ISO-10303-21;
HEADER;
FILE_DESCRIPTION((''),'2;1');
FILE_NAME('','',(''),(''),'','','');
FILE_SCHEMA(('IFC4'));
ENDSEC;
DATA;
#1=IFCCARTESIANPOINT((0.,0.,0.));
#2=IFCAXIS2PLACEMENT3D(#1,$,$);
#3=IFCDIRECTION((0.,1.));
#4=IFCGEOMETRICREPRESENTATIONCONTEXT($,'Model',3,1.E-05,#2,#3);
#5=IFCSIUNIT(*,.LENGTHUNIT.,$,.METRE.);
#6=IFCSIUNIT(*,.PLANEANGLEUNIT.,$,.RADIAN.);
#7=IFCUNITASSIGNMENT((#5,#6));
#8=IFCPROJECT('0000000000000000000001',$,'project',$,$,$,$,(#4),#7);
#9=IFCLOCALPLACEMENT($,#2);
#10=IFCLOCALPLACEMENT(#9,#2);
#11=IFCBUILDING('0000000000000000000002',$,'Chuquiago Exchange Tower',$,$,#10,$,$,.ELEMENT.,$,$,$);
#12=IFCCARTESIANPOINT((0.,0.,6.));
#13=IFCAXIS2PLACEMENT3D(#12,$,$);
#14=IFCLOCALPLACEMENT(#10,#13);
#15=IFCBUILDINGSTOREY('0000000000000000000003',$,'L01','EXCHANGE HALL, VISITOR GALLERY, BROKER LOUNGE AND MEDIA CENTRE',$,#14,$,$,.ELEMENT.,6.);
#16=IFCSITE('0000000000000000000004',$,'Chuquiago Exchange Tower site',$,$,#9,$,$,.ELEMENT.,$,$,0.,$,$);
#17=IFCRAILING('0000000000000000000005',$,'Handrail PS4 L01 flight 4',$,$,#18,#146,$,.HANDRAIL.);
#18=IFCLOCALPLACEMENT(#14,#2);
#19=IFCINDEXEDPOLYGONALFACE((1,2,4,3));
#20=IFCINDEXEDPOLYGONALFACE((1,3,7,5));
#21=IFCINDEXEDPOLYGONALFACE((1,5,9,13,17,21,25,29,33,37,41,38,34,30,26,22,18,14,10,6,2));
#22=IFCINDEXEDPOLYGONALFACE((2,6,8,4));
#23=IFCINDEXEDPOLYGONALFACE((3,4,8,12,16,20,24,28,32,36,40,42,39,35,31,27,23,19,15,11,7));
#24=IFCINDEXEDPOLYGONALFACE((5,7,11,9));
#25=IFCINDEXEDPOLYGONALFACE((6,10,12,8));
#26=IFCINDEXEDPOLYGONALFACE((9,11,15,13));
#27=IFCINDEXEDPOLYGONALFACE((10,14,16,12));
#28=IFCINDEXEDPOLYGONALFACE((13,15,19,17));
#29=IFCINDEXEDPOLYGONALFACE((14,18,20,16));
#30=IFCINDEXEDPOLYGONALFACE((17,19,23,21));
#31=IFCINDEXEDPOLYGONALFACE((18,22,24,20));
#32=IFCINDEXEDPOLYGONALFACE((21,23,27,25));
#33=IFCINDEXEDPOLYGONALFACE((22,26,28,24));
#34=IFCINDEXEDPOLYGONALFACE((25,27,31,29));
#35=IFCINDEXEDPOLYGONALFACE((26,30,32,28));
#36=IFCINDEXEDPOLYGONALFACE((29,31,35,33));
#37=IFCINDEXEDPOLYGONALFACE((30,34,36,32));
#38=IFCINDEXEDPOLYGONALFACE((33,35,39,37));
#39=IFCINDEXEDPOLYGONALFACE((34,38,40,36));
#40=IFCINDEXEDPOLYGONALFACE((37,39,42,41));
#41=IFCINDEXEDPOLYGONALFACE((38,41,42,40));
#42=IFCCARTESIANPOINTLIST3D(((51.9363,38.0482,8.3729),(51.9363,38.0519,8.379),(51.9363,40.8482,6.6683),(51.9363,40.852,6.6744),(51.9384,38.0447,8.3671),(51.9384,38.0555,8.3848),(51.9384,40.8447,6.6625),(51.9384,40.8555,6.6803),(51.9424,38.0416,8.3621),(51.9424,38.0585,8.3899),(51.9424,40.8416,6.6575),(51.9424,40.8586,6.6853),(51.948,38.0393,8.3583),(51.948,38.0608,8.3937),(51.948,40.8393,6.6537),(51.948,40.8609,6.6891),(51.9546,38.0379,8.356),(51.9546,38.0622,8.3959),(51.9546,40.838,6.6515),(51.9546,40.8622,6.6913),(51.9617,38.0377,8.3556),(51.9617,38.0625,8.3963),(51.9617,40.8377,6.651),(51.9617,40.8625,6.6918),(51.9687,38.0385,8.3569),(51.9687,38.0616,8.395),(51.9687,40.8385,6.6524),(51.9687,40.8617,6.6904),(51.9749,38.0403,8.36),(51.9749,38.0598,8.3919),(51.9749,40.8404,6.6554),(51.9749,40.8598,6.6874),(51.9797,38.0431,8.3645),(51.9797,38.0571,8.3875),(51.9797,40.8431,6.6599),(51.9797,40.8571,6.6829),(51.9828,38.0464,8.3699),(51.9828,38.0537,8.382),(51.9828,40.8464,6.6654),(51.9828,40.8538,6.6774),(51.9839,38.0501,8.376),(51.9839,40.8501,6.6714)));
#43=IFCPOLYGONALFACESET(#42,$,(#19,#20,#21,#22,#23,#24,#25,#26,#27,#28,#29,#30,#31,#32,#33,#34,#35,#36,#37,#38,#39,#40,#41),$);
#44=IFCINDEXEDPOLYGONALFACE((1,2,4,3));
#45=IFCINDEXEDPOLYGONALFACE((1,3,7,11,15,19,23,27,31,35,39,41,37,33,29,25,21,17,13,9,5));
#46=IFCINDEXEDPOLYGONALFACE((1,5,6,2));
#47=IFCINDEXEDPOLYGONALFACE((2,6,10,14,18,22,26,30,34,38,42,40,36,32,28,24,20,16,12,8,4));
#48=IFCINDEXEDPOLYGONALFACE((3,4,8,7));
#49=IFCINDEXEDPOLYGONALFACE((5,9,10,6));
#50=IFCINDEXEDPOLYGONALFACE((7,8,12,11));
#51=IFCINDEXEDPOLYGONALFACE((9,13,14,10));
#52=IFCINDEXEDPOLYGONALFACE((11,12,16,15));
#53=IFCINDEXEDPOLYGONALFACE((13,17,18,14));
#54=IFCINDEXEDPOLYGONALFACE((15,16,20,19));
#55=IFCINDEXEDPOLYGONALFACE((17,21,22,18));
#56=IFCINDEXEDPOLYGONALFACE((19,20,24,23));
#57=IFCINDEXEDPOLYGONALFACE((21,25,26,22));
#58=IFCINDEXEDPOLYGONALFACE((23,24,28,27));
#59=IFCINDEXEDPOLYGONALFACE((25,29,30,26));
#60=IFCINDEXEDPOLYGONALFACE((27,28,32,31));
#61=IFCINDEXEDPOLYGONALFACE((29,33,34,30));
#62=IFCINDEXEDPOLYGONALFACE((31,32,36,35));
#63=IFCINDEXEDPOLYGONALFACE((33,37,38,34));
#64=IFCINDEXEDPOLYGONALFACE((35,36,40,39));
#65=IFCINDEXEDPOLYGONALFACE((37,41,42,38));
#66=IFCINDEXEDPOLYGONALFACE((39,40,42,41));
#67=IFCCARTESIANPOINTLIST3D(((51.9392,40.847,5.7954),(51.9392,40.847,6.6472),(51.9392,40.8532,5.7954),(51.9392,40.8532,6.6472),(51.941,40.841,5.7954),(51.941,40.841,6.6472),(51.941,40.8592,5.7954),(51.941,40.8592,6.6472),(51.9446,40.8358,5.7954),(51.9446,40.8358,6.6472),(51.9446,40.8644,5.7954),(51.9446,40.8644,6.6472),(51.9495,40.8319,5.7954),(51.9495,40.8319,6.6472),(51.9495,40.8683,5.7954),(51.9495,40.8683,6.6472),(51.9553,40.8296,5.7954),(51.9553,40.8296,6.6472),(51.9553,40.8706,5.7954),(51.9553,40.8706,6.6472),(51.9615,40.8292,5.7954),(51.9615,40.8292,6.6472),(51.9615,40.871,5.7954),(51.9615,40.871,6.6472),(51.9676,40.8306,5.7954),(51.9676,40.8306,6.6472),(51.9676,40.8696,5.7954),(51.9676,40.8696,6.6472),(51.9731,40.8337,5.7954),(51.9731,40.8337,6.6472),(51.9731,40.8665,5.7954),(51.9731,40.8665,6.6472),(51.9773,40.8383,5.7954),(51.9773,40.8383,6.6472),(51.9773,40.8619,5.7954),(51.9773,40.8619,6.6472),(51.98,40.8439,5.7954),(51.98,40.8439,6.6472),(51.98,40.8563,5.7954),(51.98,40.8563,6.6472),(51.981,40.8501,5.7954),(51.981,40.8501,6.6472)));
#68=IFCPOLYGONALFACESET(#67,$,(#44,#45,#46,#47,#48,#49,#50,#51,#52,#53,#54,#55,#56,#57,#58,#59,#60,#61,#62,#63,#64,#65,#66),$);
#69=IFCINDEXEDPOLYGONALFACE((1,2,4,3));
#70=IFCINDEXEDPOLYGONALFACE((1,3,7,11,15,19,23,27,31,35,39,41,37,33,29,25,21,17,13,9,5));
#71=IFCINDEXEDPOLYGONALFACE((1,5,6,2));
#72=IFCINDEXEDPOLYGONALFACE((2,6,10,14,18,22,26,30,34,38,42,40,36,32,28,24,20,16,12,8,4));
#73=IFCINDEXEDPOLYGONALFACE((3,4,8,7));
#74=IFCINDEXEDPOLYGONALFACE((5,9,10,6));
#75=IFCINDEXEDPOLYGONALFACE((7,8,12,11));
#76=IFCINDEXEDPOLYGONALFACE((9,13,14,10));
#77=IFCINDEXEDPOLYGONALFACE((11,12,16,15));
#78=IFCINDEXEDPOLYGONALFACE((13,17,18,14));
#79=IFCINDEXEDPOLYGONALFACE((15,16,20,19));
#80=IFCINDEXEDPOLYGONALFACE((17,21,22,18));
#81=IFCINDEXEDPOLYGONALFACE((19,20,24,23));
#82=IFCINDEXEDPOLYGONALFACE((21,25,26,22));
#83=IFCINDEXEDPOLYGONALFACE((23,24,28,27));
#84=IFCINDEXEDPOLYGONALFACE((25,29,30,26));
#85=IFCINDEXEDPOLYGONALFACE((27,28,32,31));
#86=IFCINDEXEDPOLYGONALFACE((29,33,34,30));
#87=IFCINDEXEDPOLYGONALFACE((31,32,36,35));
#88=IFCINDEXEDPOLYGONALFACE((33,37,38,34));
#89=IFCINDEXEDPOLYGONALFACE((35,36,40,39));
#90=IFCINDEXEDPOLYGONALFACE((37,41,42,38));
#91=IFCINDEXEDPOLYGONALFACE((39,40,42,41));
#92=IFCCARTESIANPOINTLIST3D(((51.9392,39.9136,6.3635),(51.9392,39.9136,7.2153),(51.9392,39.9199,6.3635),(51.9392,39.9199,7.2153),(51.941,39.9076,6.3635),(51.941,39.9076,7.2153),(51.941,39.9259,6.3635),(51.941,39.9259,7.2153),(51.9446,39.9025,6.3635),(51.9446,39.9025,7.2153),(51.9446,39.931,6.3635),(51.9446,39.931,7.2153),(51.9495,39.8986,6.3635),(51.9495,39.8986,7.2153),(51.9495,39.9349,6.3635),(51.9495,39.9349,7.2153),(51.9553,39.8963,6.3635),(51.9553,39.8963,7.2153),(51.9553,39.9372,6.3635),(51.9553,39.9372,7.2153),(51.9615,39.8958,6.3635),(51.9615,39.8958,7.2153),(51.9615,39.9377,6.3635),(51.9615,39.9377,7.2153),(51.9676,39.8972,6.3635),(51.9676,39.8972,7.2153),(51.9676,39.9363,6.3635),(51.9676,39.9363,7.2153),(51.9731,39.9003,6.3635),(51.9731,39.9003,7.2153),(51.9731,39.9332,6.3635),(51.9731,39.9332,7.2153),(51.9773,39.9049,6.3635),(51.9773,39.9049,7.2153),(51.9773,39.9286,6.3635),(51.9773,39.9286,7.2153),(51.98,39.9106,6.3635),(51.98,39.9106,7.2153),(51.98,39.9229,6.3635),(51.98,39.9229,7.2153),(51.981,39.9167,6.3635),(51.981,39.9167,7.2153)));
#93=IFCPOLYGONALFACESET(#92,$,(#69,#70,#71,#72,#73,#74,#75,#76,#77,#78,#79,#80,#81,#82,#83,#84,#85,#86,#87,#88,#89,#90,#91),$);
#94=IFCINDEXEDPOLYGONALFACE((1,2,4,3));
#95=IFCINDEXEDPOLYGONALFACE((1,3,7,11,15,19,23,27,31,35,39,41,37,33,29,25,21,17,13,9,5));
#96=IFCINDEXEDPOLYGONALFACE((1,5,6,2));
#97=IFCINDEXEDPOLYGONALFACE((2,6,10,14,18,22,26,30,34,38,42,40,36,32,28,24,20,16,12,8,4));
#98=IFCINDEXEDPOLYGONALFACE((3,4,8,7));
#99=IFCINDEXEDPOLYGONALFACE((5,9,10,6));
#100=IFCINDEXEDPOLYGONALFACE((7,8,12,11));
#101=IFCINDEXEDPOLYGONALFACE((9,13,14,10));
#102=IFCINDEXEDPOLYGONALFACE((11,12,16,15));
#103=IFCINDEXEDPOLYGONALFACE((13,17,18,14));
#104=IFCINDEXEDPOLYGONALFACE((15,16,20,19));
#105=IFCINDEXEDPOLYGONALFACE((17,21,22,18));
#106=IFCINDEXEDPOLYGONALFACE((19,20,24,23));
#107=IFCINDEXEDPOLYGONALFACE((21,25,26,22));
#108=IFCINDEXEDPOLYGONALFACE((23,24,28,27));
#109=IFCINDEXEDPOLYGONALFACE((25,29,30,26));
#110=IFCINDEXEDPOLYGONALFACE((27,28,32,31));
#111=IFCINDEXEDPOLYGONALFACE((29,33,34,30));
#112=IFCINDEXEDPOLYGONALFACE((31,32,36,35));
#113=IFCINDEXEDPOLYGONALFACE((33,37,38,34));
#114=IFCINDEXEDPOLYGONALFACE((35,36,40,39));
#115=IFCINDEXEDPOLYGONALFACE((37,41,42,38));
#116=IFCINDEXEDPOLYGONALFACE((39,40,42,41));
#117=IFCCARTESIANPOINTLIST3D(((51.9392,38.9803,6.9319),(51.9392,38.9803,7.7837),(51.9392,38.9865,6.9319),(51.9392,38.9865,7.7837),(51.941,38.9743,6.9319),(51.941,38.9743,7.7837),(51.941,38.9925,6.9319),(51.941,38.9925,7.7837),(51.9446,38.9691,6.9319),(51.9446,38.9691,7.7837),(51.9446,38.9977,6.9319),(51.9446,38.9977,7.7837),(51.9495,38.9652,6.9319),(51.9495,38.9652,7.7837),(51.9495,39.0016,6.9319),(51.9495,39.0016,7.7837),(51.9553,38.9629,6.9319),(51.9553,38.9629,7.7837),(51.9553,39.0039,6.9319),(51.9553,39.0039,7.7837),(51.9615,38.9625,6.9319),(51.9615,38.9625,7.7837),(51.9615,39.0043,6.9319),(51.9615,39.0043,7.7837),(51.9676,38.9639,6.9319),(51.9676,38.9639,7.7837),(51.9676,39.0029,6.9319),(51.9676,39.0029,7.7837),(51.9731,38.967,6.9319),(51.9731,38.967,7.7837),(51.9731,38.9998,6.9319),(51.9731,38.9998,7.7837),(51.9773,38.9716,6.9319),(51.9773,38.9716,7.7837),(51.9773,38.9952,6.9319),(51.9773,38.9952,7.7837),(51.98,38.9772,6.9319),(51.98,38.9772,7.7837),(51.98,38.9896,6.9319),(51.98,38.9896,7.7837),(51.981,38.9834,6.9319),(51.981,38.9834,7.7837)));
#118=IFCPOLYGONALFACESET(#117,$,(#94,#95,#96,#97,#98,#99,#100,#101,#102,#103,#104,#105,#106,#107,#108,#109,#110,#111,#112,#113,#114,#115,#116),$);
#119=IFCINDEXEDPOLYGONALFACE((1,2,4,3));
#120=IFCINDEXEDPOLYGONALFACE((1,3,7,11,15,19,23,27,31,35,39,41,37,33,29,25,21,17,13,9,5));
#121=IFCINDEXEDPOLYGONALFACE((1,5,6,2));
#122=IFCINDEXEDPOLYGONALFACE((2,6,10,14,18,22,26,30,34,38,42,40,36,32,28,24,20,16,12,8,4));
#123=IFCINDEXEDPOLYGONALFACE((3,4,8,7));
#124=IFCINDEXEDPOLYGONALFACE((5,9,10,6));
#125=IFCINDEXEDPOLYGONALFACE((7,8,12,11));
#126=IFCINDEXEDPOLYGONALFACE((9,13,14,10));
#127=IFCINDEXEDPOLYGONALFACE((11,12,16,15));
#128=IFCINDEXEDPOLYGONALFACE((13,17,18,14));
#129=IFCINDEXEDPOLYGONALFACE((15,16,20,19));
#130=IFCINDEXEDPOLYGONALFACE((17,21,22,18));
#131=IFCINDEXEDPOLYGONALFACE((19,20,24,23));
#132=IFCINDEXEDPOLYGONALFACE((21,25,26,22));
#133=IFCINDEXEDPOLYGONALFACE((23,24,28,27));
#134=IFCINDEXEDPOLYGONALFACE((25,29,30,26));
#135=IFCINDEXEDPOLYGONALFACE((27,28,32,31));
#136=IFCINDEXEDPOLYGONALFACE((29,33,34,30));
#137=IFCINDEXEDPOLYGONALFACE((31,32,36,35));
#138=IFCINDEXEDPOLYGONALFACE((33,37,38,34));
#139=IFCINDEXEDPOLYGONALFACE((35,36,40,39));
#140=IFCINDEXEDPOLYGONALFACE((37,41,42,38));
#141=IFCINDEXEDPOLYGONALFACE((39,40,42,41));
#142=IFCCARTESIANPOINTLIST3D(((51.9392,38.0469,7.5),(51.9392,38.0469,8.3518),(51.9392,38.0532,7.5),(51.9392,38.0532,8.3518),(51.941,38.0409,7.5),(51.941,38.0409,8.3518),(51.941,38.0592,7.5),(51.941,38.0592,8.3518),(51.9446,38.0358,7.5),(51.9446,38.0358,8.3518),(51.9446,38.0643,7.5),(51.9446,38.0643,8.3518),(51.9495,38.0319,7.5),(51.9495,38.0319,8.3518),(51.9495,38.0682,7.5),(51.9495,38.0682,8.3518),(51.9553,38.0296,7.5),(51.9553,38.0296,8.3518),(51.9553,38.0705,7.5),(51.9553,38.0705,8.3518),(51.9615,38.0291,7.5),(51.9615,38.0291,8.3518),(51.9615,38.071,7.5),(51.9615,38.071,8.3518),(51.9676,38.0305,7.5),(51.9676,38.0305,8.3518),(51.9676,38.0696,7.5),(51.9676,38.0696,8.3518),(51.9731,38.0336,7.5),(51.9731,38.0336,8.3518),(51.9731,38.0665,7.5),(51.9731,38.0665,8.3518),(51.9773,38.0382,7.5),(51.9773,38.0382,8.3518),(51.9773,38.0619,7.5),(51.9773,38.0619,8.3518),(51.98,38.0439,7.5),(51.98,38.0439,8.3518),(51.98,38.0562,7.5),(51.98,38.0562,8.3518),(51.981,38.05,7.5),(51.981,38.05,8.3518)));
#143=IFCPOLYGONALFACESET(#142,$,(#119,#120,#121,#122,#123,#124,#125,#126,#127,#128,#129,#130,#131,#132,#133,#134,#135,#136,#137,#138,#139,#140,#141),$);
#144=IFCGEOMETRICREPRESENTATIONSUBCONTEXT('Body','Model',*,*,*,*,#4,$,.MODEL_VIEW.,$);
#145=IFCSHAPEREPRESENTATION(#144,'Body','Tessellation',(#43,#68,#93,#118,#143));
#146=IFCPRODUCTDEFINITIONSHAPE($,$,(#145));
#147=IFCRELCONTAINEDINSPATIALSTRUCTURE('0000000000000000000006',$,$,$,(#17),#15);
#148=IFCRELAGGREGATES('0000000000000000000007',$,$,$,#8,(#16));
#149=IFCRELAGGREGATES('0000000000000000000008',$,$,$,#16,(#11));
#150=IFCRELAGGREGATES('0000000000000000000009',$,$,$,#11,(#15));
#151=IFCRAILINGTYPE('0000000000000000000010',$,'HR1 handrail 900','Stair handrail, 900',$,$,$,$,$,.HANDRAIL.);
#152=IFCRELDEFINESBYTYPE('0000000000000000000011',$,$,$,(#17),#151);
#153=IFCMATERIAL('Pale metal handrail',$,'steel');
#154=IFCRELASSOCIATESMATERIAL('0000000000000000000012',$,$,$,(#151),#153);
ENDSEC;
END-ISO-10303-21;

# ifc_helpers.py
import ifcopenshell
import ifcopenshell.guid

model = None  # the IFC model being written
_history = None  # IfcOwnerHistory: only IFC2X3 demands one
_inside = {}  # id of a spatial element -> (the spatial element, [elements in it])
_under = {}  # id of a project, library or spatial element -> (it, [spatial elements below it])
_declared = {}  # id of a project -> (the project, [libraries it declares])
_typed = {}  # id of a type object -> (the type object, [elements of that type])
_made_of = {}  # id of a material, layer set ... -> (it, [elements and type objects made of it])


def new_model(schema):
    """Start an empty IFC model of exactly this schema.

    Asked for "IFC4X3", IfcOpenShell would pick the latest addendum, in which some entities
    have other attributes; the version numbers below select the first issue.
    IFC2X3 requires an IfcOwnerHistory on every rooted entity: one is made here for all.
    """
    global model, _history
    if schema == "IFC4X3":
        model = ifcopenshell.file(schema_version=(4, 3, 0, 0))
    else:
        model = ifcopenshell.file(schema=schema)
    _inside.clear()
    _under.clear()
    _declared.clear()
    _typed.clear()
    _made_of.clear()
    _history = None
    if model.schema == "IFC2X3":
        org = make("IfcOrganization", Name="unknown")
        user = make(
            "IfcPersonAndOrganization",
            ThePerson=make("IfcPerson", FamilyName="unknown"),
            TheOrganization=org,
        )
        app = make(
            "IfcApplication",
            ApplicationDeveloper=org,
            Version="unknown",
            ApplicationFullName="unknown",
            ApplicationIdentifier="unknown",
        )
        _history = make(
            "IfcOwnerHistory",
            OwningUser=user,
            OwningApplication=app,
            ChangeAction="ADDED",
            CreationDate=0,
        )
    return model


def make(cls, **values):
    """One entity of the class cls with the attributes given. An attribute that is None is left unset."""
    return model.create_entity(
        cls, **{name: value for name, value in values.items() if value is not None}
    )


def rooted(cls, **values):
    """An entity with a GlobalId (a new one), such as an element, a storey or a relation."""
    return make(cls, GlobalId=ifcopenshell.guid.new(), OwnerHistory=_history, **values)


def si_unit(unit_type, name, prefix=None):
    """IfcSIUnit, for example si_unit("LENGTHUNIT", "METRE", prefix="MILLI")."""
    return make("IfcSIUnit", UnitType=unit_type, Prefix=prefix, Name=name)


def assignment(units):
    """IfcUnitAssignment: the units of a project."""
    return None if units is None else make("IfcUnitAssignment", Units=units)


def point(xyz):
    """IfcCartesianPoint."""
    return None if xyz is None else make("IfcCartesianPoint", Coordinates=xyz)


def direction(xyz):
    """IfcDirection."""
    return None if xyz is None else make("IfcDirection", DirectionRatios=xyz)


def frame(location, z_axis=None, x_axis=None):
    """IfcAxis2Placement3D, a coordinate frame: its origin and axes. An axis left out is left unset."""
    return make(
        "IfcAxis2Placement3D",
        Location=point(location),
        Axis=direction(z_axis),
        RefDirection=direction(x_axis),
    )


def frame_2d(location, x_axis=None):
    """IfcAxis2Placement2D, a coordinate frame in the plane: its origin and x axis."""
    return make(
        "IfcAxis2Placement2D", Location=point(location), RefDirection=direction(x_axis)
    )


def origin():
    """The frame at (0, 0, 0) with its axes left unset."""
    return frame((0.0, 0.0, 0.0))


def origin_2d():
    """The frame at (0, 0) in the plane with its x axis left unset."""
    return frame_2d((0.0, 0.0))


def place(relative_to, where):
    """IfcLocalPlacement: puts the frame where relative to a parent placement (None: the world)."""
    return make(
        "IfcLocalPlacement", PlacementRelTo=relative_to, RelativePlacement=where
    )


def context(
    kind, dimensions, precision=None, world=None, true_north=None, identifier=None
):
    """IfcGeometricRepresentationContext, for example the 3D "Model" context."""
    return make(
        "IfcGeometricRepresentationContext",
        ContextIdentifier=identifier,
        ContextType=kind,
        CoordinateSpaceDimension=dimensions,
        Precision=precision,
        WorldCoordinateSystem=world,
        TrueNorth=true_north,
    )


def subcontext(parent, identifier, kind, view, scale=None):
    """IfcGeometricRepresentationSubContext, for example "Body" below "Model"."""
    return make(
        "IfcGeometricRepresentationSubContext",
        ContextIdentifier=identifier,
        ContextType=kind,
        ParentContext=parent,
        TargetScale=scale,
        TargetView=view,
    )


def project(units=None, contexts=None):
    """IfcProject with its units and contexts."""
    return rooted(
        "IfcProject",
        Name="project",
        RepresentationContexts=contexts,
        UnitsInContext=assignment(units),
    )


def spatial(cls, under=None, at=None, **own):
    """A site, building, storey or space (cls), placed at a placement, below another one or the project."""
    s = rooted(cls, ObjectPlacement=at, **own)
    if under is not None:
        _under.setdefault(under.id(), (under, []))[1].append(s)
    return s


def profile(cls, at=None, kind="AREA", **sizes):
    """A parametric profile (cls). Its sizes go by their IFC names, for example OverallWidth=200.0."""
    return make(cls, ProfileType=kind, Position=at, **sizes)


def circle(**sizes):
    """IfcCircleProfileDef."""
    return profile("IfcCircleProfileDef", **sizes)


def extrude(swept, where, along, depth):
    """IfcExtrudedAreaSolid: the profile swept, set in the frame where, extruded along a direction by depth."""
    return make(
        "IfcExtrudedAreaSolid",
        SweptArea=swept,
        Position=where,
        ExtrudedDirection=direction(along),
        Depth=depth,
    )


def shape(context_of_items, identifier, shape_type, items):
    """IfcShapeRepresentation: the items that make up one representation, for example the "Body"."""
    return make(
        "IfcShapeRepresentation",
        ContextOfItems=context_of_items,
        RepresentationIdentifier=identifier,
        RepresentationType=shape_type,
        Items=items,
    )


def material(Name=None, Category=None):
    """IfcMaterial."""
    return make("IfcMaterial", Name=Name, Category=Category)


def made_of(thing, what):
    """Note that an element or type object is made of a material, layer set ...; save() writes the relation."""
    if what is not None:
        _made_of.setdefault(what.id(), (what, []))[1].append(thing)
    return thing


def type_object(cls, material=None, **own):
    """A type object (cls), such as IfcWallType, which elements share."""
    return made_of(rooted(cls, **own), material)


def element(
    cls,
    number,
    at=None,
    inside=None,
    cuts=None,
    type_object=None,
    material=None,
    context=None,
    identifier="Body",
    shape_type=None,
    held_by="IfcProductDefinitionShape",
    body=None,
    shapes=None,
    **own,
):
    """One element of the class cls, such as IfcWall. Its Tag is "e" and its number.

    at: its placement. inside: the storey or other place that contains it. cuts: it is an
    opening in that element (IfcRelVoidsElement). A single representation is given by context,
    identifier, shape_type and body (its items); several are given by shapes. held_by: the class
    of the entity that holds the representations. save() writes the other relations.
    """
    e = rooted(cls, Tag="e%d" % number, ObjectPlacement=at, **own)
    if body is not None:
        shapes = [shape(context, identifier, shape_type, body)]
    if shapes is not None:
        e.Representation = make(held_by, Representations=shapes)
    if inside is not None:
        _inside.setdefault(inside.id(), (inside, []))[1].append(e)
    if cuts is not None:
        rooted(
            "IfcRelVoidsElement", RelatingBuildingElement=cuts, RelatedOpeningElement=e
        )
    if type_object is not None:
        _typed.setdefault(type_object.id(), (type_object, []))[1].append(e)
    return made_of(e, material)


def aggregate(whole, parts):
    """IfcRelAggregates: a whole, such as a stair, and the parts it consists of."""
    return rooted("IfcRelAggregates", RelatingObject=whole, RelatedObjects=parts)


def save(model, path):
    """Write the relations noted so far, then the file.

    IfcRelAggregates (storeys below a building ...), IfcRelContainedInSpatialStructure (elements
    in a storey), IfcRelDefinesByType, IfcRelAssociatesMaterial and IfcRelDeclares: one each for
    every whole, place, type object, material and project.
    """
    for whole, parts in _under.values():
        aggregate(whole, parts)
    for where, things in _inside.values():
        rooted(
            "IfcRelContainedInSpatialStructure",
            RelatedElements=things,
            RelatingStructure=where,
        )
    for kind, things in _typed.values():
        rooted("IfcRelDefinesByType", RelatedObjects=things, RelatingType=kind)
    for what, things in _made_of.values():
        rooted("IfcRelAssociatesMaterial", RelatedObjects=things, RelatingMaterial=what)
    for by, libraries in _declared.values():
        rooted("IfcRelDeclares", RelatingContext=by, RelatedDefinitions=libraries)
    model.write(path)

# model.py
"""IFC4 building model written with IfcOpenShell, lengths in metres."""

from ifc_helpers import new_model, si_unit, direction, frame, origin, origin_2d, place, context, subcontext, project, spatial, circle, extrude, material, type_object, element, save


model = new_model("IFC4")

# Units and contexts
model_context = context("Model", 3, precision=1e-05, world=origin(), true_north=direction((0.0, 1.0)))
body_context = subcontext(model_context, "Body", "Model", "MODEL_VIEW")
ifc_project = project(units=[si_unit("LENGTHUNIT", "METRE"), si_unit("PLANEANGLEUNIT", "RADIAN")], contexts=[model_context])

# Site, building, storey
site_placement = place(None, origin())
site = spatial("IfcSite", under=ifc_project, at=site_placement, Name="Chuquiago Exchange Tower site", CompositionType="ELEMENT", RefElevation=0.0)
building_placement = place(site_placement, origin())
building = spatial("IfcBuilding", under=site, at=building_placement, Name="Chuquiago Exchange Tower", CompositionType="ELEMENT")
storey_placement = place(building_placement, frame((0.0, 0.0, 6.0)))
storey = spatial("IfcBuildingStorey", under=building, at=storey_placement, Name="L01", Description="EXCHANGE HALL, VISITOR GALLERY, BROKER LOUNGE AND MEDIA CENTRE", CompositionType="ELEMENT", Elevation=6.0)

# Railing
ifc_material_1 = material(Name="Pale metal handrail", Category="steel")
railing_type = type_object("IfcRailingType", Name="HR1 handrail 900", Description="Stair handrail, 900", PredefinedType="HANDRAIL", material=ifc_material_1)
for number, where, name in (
    (1, (51.96, 40.8501, 5.7954), "Handrail PS4 L01 flight 4"),
):
    element("IfcRailing", number, at=place(storey_placement, frame(where)), inside=storey, type_object=railing_type, Name=name, PredefinedType="HANDRAIL", context=body_context, shape_type="SweptSolid", body=[
        extrude(circle(Radius=0.0239, at=origin_2d()), frame((0.0, 0.0, 0.876), z_axis=(0.0, -0.85417, 0.519994), x_axis=(1.0, 0.0, 0.0)), (0.0, 0.0, 1.0), 3.2781),
        extrude(circle(Radius=0.021, at=origin_2d()), origin(), (0.0, 0.0, 1.0), 0.8518),
        extrude(circle(Radius=0.021, at=origin_2d()), frame((0.0, -0.9333, 0.5681)), (0.0, 0.0, 1.0), 0.8518),
        extrude(circle(Radius=0.021, at=origin_2d()), frame((0.0, -1.8667, 1.1365)), (0.0, 0.0, 1.0), 0.8518),
        extrude(circle(Radius=0.021, at=origin_2d()), frame((0.0, -2.8, 1.7046)), (0.0, 0.0, 1.0), 0.8518),
    ])

save(model, "model.ifc")
